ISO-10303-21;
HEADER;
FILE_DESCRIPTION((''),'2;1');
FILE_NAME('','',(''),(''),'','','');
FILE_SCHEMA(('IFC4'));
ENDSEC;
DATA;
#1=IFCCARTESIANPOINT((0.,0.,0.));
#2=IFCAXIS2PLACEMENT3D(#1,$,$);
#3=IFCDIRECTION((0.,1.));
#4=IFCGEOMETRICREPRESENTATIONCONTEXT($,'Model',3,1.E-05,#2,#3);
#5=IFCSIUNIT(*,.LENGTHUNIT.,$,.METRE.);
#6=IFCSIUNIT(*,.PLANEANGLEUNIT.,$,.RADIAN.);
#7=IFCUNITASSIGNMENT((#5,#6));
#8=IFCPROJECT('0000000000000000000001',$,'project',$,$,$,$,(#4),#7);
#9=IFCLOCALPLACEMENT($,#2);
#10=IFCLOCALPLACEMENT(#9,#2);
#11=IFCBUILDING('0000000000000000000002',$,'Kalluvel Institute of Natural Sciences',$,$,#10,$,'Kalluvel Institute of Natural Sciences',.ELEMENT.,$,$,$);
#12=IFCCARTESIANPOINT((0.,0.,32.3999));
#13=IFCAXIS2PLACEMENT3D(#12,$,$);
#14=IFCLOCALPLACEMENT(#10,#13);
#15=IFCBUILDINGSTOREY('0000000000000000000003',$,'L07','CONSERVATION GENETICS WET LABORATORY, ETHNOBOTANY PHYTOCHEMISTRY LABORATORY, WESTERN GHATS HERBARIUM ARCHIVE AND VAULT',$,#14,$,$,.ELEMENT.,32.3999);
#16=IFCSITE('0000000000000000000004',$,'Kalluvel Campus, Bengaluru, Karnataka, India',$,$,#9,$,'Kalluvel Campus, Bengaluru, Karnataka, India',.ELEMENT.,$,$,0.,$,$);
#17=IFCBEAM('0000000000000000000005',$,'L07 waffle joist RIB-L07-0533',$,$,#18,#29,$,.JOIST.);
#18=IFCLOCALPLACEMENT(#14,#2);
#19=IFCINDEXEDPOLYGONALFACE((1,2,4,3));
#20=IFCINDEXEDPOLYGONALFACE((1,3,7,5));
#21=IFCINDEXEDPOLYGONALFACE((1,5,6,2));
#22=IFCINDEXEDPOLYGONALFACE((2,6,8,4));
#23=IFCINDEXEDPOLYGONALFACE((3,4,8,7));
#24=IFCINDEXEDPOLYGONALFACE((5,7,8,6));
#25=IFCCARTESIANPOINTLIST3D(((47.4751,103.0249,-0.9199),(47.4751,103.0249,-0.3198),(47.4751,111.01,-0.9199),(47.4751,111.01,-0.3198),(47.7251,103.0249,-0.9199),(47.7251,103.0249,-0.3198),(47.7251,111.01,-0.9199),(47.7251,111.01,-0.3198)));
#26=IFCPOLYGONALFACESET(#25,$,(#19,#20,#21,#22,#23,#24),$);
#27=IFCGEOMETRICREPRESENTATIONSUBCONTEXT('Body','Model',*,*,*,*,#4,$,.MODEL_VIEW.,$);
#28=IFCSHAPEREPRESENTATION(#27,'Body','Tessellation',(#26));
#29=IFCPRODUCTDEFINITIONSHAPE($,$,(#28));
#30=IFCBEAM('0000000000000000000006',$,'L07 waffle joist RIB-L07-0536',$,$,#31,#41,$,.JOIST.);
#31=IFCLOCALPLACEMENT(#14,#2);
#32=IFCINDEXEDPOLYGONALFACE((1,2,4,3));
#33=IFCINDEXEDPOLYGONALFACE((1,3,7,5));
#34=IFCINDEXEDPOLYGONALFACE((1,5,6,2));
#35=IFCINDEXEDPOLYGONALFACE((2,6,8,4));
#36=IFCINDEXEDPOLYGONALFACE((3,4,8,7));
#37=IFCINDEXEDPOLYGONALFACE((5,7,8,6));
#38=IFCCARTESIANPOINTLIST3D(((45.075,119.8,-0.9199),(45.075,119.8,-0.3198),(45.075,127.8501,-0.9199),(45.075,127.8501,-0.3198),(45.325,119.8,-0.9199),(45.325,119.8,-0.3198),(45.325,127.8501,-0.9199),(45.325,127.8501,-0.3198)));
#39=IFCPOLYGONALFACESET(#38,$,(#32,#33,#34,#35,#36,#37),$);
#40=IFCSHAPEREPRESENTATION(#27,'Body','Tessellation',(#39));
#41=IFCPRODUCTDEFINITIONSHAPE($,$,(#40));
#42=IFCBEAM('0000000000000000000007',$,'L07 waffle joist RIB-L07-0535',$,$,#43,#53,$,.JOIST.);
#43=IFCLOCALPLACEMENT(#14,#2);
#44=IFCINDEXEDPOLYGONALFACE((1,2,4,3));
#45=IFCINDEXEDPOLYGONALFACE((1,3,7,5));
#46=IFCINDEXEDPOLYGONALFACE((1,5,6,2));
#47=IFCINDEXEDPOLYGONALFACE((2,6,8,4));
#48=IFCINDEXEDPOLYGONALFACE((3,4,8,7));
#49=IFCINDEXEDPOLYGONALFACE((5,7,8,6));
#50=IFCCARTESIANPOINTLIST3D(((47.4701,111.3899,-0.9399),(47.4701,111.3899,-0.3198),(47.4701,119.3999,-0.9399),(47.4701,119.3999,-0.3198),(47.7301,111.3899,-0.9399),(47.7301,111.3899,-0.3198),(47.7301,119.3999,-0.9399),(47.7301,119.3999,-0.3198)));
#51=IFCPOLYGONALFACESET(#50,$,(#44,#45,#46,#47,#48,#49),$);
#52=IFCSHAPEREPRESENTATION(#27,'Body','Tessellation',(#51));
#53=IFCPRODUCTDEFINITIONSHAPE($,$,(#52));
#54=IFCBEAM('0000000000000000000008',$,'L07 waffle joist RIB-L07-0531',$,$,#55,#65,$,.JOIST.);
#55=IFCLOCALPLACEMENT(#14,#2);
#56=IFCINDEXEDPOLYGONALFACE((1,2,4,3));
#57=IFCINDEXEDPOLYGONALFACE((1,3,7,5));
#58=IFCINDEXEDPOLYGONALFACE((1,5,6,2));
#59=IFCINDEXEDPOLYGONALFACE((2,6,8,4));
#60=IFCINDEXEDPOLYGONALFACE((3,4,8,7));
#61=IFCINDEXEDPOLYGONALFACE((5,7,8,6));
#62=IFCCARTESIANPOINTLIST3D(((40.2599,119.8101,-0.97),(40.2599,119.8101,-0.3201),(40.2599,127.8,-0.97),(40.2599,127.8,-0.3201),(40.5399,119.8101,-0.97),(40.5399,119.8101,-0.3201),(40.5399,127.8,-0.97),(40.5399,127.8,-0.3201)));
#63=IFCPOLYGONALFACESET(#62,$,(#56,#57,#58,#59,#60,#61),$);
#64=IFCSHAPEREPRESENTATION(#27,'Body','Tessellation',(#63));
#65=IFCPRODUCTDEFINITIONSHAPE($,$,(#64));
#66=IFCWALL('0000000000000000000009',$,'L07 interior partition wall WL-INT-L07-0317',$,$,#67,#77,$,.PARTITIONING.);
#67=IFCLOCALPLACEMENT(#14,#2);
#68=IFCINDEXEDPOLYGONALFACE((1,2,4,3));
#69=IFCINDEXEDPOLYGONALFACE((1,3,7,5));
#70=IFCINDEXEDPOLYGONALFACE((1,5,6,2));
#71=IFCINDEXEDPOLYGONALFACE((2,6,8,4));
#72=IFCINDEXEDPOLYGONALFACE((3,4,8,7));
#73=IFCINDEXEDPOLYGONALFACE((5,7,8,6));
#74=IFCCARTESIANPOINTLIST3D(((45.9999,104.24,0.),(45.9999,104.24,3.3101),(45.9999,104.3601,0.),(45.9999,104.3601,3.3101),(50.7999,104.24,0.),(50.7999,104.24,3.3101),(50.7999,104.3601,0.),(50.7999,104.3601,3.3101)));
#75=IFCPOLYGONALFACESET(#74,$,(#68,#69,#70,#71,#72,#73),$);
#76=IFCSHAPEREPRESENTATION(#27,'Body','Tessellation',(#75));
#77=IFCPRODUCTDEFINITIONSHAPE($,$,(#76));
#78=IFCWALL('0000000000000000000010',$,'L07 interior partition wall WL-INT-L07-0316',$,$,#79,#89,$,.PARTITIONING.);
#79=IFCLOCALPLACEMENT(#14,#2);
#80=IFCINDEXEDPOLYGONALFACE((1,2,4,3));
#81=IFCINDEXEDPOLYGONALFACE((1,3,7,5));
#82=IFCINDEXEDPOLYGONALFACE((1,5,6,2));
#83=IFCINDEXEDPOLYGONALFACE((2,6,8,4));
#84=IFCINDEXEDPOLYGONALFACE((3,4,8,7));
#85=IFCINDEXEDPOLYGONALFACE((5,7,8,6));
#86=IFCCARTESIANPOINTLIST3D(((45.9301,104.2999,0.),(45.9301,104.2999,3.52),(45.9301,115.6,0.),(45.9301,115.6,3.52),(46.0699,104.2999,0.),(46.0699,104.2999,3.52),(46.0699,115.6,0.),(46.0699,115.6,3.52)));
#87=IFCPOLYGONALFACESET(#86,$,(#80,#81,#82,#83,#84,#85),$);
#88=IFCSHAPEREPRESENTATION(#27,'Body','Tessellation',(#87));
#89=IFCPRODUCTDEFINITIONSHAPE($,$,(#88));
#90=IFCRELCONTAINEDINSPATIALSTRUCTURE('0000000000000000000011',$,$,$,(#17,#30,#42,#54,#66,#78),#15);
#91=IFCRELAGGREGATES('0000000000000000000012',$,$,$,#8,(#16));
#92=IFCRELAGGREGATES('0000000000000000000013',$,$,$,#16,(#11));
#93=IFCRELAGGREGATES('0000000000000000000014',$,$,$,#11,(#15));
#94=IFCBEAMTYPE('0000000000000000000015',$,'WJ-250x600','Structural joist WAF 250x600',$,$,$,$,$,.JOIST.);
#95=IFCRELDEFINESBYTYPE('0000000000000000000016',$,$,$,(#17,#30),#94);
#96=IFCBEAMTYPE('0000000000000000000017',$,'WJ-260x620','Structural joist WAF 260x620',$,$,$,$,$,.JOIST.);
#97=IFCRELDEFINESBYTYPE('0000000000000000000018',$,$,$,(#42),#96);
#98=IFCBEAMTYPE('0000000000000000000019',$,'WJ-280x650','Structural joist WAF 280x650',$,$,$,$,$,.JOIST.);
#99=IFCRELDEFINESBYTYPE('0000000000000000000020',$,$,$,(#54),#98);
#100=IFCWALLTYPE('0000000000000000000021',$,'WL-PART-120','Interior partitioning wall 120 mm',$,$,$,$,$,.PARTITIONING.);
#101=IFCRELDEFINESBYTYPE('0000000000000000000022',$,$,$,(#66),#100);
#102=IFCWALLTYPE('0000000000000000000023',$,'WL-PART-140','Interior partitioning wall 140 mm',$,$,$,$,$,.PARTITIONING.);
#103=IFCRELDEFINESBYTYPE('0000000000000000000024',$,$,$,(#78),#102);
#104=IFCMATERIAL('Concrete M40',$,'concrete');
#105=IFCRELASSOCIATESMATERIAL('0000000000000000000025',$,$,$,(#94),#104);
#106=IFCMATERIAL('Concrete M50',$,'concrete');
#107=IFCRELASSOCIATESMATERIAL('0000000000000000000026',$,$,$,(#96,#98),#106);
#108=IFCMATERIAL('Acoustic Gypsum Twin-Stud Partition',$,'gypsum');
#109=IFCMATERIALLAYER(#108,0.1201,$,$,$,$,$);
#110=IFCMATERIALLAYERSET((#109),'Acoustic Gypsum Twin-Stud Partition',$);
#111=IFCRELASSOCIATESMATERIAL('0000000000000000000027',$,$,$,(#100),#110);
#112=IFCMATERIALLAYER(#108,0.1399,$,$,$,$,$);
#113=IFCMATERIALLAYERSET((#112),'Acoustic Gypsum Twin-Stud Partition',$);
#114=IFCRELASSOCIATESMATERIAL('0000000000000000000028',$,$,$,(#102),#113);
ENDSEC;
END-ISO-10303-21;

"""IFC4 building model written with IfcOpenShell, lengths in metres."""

from ifc_helpers import new_model, si_unit, direction, frame, frame_2d, origin, origin_2d, place, context, subcontext, project, spatial, rectangle, extrude, material, layer, layer_set, material_profile, profile_set, type_object, element, save


model = new_model("IFC4")

# Units and contexts
model_context = context("Model", 3, precision=1e-05, world=origin(), true_north=direction((0.0, 1.0)))
body_context = subcontext(model_context, "Body", "Model", "MODEL_VIEW")
ifc_project = project(units=[si_unit("LENGTHUNIT", "METRE"), si_unit("PLANEANGLEUNIT", "RADIAN")], contexts=[model_context])

# Site, building, storey
site_placement = place(None, origin())
site = spatial("IfcSite", under=ifc_project, at=site_placement, Name="Kalluvel Campus, Bengaluru, Karnataka, India", LongName="Kalluvel Campus, Bengaluru, Karnataka, India", CompositionType="ELEMENT", RefElevation=0.0)
building_placement = place(site_placement, origin())
building = spatial("IfcBuilding", under=site, at=building_placement, Name="Kalluvel Institute of Natural Sciences", LongName="Kalluvel Institute of Natural Sciences", CompositionType="ELEMENT")
storey_placement = place(building_placement, frame((0.0, 0.0, 32.3999)))
storey = spatial("IfcBuildingStorey", under=building, at=storey_placement, Name="L07", Description="CONSERVATION GENETICS WET LABORATORY, ETHNOBOTANY PHYTOCHEMISTRY LABORATORY, WESTERN GHATS HERBARIUM ARCHIVE AND VAULT", CompositionType="ELEMENT", Elevation=32.3999)

# Shared definitions
ifc_material_1 = material(Name="Concrete M40", Category="concrete")

# Beams
ifc_material_2 = material(Name="Concrete M50", Category="concrete")
ifc_material_profile_1 = material_profile(ifc_material_1, rectangle(XDim=0.25, YDim=0.6001, at=origin_2d()), Name="WAF 250x600")
ifc_profile_set_1 = profile_set([ifc_material_profile_1], Name="Concrete M40")
beam_type_1 = type_object("IfcBeamType", Name="WJ-250x600", Description="Structural joist WAF 250x600", PredefinedType="JOIST", material=ifc_profile_set_1)
beam_1_placement = place(storey_placement, frame((47.6001, 103.0249, -0.6199), z_axis=(0.0, 1.0, 0.0), x_axis=(-1.0, 0.0, 0.0)))
element("IfcBeam", 1, at=beam_1_placement, inside=storey, type_object=beam_type_1, Name="L07 waffle joist RIB-L07-0533", PredefinedType="JOIST", context=body_context, shape_type="SweptSolid", body=[
    extrude(rectangle(XDim=0.25, YDim=0.6001, at=origin_2d()), origin(), (0.0, 0.0, 1.0), 7.9851),
])
beam_2_placement = place(storey_placement, frame((45.2, 119.8, -0.6199), z_axis=(0.0, 1.0, 0.0), x_axis=(-1.0, 0.0, 0.0)))
element("IfcBeam", 2, at=beam_2_placement, inside=storey, type_object=beam_type_1, Name="L07 waffle joist RIB-L07-0536", PredefinedType="JOIST", context=body_context, shape_type="SweptSolid", body=[
    extrude(rectangle(XDim=0.25, YDim=0.6001, at=origin_2d()), origin(), (0.0, 0.0, 1.0), 8.05),
])
ifc_material_profile_2 = material_profile(ifc_material_2, rectangle(XDim=0.26, YDim=0.6201, at=origin_2d()), Name="WAF 260x620")
ifc_profile_set_2 = profile_set([ifc_material_profile_2], Name="Concrete M50")
beam_type_2 = type_object("IfcBeamType", Name="WJ-260x620", Description="Structural joist WAF 260x620", PredefinedType="JOIST", material=ifc_profile_set_2)
beam_3_placement = place(storey_placement, frame((47.6001, 111.3899, -0.6299), z_axis=(0.0, 1.0, 0.0), x_axis=(-1.0, 0.0, 0.0)))
element("IfcBeam", 3, at=beam_3_placement, inside=storey, type_object=beam_type_2, Name="L07 waffle joist RIB-L07-0535", PredefinedType="JOIST", context=body_context, shape_type="SweptSolid", body=[
    extrude(rectangle(XDim=0.26, YDim=0.6201, at=origin_2d()), origin(), (0.0, 0.0, 1.0), 8.01),
])
ifc_material_profile_3 = material_profile(ifc_material_2, rectangle(XDim=0.28, YDim=0.6499, at=origin_2d()), Name="WAF 280x650")
ifc_profile_set_3 = profile_set([ifc_material_profile_3], Name="Concrete M50")
beam_type_3 = type_object("IfcBeamType", Name="WJ-280x650", Description="Structural joist WAF 280x650", PredefinedType="JOIST", material=ifc_profile_set_3)
beam_4_placement = place(storey_placement, frame((40.3999, 119.8101, -0.645), z_axis=(0.0, 1.0, 0.0), x_axis=(-1.0, 0.0, 0.0)))
element("IfcBeam", 4, at=beam_4_placement, inside=storey, type_object=beam_type_3, Name="L07 waffle joist RIB-L07-0531", PredefinedType="JOIST", context=body_context, shape_type="SweptSolid", body=[
    extrude(rectangle(XDim=0.28, YDim=0.6499, at=origin_2d()), origin(), (0.0, 0.0, 1.0), 7.99),
])

# Walls
ifc_material_3 = material(Name="Acoustic Gypsum Twin-Stud Partition", Category="gypsum")
ifc_layer_1 = layer(ifc_material_3, 0.1201)
ifc_layer_set_1 = layer_set([ifc_layer_1], Name="Acoustic Gypsum Twin-Stud Partition")
wall_type_1 = type_object("IfcWallType", Name="WL-PART-120", Description="Interior partitioning wall 120 mm", PredefinedType="PARTITIONING", material=ifc_layer_set_1)
wall_1_placement = place(storey_placement, frame((46.0, 104.3, 0.0), z_axis=(0.0, 0.0, 1.0), x_axis=(1.0, 0.0, 0.0)))
element("IfcWall", 5, at=wall_1_placement, inside=storey, type_object=wall_type_1, Name="L07 interior partition wall WL-INT-L07-0317", PredefinedType="PARTITIONING", context=body_context, shape_type="SweptSolid", body=[
    extrude(rectangle(XDim=4.8, YDim=0.1201, at=frame_2d((2.3999, 0.0))), origin(), (0.0, 0.0, 1.0), 3.3101),
])
ifc_layer_2 = layer(ifc_material_3, 0.1399)
ifc_layer_set_2 = layer_set([ifc_layer_2], Name="Acoustic Gypsum Twin-Stud Partition")
wall_type_2 = type_object("IfcWallType", Name="WL-PART-140", Description="Interior partitioning wall 140 mm", PredefinedType="PARTITIONING", material=ifc_layer_set_2)
wall_2_placement = place(storey_placement, frame((46.0, 104.3, 0.0), z_axis=(0.0, 0.0, 1.0), x_axis=(0.0, 1.0, 0.0)))
element("IfcWall", 6, at=wall_2_placement, inside=storey, type_object=wall_type_2, Name="L07 interior partition wall WL-INT-L07-0316", PredefinedType="PARTITIONING", context=body_context, shape_type="SweptSolid", body=[
    extrude(rectangle(XDim=11.3, YDim=0.1399, at=frame_2d((5.6499, 0.0))), origin(), (0.0, 0.0, 1.0), 3.52),
])

save(model, "model.ifc")
